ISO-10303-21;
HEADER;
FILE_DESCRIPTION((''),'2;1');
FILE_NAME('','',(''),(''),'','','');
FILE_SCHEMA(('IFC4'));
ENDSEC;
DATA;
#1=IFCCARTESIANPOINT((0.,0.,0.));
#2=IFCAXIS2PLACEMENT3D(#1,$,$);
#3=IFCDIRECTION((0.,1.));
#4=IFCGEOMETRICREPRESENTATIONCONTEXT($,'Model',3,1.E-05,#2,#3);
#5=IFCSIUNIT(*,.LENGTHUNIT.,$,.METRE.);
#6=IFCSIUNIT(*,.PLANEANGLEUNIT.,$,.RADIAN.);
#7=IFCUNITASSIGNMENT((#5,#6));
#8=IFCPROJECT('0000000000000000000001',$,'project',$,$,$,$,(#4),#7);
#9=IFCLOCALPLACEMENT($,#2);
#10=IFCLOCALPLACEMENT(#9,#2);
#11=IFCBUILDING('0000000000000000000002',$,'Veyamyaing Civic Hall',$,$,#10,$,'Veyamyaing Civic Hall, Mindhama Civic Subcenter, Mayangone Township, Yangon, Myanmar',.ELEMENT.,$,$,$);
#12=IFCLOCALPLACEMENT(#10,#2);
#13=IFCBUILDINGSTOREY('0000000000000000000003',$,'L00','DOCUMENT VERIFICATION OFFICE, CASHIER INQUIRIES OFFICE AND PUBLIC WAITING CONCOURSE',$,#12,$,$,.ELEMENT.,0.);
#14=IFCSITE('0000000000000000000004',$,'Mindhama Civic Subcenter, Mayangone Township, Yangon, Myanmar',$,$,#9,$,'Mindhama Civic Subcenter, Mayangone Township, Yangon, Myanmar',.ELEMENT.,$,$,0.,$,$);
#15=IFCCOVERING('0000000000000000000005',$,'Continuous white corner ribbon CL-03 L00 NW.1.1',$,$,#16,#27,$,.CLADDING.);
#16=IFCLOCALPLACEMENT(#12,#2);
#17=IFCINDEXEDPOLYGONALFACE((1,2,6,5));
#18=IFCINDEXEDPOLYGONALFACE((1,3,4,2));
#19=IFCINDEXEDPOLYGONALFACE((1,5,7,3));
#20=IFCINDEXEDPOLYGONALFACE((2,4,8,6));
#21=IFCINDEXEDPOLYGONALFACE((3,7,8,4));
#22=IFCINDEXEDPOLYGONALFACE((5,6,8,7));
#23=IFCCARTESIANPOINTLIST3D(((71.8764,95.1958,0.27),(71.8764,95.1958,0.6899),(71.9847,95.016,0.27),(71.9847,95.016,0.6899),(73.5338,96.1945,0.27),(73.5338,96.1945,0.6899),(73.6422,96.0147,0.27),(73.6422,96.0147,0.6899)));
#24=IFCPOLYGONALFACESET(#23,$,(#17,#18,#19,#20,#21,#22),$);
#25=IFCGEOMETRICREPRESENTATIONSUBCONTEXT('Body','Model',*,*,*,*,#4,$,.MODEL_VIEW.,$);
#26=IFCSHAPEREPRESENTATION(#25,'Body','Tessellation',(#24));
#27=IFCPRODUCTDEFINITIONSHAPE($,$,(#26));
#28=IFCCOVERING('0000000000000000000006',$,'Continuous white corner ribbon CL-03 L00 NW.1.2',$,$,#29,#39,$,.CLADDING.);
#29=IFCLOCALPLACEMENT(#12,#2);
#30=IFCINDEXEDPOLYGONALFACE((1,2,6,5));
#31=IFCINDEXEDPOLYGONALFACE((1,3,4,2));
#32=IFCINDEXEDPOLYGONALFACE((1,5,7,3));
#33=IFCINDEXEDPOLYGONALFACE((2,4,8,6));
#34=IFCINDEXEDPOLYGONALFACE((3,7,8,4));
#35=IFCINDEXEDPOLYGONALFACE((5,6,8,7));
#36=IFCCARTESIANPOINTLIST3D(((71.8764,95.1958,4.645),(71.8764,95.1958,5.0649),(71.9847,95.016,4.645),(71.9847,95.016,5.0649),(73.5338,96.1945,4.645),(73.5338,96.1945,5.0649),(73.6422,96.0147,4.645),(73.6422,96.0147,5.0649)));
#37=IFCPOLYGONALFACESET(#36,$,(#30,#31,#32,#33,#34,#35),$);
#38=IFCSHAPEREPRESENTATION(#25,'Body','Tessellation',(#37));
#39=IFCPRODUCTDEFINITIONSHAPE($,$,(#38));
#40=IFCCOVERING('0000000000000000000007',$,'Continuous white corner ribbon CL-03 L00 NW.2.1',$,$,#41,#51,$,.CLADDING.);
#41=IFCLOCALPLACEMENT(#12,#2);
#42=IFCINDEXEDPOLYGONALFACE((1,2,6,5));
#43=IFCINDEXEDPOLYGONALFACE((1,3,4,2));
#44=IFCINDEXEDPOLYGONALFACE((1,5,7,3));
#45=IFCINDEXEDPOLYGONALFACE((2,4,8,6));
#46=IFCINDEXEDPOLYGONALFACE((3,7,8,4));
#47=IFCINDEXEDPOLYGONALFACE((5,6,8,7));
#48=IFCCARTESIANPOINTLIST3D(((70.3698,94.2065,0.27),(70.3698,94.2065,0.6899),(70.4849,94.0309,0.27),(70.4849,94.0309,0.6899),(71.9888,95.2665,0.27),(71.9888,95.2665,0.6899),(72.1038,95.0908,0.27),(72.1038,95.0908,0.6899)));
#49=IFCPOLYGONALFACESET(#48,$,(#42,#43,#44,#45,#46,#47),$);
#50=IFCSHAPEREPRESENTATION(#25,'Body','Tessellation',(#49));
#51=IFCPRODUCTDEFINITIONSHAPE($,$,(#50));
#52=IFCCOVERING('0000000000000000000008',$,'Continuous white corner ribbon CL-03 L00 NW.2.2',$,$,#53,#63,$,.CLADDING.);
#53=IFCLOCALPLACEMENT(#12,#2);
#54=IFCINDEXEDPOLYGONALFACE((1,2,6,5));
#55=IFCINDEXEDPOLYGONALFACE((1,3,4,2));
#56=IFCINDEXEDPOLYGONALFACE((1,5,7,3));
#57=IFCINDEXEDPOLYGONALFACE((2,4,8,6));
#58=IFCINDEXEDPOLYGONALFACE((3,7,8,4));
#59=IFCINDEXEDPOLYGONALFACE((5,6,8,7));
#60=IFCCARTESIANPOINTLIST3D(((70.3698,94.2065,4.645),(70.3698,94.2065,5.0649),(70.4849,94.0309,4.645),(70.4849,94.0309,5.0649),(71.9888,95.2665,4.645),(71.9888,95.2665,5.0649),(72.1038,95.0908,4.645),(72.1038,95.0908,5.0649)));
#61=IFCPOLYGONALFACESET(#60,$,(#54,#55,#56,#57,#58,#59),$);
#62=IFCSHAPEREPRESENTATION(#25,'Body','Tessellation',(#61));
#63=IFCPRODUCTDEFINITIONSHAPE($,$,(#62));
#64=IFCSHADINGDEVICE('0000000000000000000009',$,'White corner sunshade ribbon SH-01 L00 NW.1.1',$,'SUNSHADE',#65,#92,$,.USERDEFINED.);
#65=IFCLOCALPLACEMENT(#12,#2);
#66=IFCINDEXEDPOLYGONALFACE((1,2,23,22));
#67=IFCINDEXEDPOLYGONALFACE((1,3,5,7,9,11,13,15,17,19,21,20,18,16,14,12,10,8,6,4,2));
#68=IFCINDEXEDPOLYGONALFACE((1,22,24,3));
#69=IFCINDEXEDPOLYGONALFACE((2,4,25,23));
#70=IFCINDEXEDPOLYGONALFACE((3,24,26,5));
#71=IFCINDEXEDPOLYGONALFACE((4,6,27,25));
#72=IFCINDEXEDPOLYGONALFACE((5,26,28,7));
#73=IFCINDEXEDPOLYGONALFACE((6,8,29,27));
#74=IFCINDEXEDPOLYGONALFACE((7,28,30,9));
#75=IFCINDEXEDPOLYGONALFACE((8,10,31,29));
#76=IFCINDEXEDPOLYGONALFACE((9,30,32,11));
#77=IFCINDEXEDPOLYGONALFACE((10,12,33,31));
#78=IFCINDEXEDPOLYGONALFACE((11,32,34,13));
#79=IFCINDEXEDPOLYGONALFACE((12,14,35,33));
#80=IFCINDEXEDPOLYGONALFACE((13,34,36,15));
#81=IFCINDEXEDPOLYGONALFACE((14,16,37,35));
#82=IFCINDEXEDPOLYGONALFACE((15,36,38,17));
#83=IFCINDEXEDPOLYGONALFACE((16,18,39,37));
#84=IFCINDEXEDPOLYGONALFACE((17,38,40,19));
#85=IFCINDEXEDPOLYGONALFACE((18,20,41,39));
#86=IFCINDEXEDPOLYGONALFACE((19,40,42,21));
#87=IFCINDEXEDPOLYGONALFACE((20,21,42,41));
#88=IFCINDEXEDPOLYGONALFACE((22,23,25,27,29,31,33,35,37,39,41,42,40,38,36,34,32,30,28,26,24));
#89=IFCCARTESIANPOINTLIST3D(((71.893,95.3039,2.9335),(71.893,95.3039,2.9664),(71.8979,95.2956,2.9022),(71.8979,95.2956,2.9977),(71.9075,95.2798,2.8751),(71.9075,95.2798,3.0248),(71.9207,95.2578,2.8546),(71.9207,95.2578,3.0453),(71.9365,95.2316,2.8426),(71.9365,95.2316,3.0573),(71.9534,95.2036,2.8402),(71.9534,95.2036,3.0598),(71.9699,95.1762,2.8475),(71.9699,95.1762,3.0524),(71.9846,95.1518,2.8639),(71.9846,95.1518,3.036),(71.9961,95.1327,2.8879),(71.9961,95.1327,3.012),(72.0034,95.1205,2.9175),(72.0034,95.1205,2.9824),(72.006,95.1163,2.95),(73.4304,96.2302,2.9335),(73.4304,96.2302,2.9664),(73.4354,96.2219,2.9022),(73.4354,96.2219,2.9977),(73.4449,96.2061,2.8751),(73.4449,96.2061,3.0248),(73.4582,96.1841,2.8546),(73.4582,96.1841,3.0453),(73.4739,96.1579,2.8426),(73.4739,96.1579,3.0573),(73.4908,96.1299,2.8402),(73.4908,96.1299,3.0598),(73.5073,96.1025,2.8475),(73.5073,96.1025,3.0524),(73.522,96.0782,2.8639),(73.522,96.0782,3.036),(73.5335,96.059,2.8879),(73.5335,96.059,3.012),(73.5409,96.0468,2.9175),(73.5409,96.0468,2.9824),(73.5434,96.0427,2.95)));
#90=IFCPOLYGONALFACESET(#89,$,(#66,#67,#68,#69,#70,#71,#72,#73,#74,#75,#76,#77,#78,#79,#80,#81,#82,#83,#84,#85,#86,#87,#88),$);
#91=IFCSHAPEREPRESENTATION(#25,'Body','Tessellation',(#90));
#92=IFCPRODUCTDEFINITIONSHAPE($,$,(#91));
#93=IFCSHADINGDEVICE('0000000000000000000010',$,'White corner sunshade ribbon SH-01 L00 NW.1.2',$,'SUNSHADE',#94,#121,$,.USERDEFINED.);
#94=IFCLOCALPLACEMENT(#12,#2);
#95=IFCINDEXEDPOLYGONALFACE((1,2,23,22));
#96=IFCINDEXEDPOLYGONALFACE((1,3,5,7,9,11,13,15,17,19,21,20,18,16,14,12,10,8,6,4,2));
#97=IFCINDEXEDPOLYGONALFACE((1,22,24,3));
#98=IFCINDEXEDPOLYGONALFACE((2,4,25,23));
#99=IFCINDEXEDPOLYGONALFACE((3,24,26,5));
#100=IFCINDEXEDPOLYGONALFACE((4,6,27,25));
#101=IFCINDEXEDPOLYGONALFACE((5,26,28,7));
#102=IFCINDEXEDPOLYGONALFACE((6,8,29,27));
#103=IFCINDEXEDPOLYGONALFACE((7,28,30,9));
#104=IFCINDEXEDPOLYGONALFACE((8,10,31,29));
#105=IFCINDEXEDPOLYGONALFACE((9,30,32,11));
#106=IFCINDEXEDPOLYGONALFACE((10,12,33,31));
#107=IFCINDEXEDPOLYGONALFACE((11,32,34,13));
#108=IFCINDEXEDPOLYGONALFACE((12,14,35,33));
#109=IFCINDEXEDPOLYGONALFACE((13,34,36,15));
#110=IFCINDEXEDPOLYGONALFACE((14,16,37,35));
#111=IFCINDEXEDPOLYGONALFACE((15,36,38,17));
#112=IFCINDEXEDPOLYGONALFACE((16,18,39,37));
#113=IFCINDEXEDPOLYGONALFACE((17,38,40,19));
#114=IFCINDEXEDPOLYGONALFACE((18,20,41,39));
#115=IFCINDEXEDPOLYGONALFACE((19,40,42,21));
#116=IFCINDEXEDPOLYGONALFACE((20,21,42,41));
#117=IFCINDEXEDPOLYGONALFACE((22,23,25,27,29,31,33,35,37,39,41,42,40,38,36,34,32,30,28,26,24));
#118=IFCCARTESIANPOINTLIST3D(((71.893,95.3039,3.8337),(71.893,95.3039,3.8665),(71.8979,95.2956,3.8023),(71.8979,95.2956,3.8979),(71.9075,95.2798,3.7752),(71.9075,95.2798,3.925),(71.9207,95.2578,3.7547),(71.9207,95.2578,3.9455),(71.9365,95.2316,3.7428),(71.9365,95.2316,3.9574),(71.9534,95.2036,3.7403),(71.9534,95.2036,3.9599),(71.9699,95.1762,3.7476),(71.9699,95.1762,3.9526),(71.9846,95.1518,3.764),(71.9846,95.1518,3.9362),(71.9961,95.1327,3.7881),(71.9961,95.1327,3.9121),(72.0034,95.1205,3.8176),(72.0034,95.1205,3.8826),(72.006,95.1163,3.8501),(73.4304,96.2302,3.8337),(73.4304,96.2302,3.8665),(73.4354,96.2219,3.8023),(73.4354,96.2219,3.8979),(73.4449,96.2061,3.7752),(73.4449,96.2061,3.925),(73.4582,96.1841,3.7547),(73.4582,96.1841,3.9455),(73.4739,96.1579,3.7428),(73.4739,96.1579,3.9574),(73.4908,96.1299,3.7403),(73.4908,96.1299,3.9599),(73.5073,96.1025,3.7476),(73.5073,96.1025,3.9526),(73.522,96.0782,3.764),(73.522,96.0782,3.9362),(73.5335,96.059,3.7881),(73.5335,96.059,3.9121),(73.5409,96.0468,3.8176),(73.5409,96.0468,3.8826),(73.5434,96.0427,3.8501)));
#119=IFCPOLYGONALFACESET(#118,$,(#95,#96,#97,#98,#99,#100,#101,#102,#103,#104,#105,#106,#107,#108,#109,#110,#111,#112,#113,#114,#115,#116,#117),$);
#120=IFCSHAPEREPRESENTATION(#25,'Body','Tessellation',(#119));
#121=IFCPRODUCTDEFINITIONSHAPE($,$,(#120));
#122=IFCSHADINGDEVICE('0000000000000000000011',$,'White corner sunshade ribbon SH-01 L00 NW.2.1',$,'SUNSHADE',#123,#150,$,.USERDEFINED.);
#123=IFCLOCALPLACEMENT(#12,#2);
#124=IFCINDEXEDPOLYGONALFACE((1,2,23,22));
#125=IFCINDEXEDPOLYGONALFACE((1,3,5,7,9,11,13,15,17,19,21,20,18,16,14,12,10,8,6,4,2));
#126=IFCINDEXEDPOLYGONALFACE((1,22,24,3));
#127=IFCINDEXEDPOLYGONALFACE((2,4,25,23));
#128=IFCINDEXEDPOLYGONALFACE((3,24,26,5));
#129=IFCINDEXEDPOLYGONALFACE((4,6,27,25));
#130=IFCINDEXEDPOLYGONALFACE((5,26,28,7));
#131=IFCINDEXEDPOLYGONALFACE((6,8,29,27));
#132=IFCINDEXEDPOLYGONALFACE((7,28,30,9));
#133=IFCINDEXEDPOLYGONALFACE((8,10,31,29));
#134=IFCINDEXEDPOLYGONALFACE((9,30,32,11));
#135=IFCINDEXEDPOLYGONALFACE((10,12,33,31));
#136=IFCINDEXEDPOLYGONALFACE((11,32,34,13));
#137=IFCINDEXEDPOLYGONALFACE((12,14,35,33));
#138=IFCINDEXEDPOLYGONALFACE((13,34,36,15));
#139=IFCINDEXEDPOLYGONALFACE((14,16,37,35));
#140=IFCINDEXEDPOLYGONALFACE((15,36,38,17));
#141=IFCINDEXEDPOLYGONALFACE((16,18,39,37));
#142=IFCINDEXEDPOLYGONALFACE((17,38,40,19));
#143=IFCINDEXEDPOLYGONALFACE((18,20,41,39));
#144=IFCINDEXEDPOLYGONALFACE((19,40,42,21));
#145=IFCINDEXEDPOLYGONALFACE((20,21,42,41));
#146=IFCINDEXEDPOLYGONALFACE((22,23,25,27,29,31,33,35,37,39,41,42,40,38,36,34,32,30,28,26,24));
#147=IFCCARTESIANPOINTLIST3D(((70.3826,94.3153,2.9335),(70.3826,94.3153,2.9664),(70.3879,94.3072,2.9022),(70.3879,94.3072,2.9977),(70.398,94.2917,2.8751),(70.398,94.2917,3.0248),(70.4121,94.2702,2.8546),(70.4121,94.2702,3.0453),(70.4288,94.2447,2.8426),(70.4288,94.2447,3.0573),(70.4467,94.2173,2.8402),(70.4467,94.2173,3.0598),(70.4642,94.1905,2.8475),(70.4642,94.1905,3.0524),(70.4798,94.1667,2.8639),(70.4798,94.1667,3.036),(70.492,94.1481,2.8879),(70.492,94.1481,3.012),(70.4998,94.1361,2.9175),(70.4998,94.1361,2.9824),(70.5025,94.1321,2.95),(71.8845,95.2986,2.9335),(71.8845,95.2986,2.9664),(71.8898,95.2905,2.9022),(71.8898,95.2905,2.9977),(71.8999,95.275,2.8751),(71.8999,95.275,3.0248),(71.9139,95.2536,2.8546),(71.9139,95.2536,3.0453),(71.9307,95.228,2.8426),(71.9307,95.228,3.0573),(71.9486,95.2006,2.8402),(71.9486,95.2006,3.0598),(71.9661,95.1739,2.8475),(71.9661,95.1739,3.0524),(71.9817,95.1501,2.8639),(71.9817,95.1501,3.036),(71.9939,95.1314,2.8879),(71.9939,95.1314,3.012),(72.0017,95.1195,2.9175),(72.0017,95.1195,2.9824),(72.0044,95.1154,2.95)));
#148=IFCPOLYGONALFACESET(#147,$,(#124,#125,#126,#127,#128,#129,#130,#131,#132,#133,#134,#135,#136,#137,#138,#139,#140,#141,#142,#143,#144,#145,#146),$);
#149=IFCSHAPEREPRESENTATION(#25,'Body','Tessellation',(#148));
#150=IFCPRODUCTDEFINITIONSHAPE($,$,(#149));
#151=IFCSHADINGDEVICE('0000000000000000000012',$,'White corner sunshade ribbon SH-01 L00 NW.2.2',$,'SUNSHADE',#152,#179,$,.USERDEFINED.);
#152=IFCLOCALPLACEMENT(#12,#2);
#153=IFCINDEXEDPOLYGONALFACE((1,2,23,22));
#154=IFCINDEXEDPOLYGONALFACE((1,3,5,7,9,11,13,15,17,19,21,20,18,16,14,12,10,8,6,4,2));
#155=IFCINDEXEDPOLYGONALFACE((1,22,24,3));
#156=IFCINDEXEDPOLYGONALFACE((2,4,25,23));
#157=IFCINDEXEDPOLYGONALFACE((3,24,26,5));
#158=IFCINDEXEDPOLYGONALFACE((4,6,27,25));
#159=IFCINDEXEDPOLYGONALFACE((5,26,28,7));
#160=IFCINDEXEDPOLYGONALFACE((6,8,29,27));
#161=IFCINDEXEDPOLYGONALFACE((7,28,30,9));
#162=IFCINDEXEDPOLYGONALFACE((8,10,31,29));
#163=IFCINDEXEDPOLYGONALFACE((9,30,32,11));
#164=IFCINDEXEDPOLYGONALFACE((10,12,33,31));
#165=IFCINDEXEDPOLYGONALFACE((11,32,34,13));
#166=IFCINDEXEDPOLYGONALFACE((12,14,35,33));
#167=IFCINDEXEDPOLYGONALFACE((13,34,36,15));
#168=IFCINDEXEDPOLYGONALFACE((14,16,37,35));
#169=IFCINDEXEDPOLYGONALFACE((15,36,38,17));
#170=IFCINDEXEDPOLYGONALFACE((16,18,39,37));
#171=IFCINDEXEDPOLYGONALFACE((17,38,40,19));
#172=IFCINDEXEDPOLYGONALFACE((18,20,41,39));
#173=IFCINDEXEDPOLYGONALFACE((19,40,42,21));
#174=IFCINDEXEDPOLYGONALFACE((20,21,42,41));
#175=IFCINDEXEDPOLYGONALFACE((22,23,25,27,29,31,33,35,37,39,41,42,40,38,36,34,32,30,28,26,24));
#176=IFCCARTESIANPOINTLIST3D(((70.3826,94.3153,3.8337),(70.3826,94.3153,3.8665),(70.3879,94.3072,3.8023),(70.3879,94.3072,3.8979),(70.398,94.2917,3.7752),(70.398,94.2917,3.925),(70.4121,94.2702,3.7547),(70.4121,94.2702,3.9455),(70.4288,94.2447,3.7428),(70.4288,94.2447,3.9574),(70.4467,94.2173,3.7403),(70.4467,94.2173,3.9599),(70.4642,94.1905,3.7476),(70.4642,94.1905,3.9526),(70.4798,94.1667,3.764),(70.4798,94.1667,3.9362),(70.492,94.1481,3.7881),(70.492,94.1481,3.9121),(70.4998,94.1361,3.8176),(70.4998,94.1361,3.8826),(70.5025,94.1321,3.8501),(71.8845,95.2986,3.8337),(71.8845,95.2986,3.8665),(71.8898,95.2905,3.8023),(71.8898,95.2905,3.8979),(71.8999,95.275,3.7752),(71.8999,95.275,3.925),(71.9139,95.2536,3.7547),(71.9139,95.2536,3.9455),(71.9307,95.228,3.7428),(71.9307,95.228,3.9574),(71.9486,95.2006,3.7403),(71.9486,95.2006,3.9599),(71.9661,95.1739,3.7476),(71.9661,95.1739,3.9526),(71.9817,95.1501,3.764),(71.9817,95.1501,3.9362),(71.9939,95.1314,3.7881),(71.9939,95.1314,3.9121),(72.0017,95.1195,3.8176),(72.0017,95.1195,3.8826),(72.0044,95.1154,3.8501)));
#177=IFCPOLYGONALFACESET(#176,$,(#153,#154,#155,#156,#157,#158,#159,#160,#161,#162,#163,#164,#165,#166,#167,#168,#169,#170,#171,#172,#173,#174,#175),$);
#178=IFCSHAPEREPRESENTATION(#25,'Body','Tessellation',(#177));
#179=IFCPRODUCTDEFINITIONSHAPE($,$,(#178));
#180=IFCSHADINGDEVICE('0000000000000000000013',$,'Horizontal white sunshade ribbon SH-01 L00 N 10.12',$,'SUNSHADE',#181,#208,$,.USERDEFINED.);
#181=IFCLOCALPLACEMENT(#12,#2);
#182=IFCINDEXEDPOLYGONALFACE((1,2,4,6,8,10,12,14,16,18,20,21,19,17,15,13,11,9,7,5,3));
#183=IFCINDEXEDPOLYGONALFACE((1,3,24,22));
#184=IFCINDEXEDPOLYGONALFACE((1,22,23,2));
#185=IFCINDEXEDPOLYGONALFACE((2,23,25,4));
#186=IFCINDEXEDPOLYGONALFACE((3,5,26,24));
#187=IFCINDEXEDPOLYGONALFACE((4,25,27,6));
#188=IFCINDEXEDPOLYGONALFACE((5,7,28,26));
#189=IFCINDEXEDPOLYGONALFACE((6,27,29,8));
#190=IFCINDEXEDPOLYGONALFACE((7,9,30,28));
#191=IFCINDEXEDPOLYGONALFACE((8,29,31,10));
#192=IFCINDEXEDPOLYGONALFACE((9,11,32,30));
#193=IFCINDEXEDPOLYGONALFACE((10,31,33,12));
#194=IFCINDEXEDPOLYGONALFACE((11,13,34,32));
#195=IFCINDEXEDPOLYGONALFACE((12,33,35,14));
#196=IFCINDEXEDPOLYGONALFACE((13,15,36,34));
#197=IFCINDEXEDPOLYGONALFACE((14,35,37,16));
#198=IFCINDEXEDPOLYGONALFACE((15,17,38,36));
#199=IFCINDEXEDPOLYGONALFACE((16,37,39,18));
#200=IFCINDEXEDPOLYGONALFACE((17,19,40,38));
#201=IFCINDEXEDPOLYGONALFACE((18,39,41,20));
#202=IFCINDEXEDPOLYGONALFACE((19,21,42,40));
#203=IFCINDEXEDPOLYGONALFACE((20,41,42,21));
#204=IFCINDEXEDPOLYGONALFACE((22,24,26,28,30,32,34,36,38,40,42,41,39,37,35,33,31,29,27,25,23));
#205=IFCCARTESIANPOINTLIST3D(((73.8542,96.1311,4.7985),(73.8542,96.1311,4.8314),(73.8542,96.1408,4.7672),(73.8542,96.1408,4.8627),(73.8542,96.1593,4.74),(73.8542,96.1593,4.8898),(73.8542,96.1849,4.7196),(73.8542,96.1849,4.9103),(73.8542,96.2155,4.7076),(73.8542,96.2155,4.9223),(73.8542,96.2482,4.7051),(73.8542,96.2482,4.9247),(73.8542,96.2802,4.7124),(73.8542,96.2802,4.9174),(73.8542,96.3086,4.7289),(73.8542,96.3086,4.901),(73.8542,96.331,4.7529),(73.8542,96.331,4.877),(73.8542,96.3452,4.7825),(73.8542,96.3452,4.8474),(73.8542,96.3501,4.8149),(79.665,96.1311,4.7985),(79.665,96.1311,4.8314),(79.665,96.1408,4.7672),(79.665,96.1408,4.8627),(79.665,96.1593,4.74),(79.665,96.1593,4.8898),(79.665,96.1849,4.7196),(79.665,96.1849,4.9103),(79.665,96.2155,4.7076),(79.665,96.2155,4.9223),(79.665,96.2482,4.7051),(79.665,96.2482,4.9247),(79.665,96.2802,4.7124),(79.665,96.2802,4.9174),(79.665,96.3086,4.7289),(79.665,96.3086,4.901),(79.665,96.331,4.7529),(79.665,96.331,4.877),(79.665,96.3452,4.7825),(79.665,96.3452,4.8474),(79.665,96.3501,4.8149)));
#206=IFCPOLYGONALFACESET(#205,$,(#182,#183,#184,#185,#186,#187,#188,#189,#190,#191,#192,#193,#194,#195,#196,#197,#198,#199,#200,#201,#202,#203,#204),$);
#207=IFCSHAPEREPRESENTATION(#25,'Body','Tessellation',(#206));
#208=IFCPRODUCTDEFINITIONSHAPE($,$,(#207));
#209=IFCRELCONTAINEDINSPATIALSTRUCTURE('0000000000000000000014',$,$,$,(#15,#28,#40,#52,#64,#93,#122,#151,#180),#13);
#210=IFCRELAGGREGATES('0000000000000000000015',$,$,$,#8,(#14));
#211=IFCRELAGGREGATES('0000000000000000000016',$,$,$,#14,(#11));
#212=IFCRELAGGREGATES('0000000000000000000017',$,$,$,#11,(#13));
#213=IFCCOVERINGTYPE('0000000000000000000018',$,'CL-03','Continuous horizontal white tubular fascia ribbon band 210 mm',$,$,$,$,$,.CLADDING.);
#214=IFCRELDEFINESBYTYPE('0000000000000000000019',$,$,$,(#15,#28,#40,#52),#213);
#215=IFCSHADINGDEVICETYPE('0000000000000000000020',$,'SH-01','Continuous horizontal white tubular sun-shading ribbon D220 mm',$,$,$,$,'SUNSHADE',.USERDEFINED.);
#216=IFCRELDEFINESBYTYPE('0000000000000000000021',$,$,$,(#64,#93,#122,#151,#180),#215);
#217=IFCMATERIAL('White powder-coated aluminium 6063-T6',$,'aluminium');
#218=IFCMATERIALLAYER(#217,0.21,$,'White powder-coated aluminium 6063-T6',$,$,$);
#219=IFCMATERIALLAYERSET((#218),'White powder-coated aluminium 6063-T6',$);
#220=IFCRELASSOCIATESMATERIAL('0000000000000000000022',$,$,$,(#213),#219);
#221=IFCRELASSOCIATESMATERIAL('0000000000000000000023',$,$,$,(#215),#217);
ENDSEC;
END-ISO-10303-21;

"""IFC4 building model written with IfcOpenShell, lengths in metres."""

from ifc_helpers import new_model, si_unit, direction, frame, origin, origin_2d, place, context, subcontext, project, spatial, rectangle, circle, extrude, material, layer, layer_set, material_profile, profile_set, type_object, element, save


model = new_model("IFC4")

# Units and contexts
model_context = context("Model", 3, precision=1e-05, world=origin(), true_north=direction((0.0, 1.0)))
body_context = subcontext(model_context, "Body", "Model", "MODEL_VIEW")
ifc_project = project(units=[si_unit("LENGTHUNIT", "METRE"), si_unit("PLANEANGLEUNIT", "RADIAN")], contexts=[model_context])

# Site, building, storey
site_placement = place(None, origin())
site = spatial("IfcSite", under=ifc_project, at=site_placement, Name="Mindhama Civic Subcenter, Mayangone Township, Yangon, Myanmar", LongName="Mindhama Civic Subcenter, Mayangone Township, Yangon, Myanmar", CompositionType="ELEMENT", RefElevation=0.0)
building_placement = place(site_placement, origin())
building = spatial("IfcBuilding", under=site, at=building_placement, Name="Veyamyaing Civic Hall", LongName="Veyamyaing Civic Hall, Mindhama Civic Subcenter, Mayangone Township, Yangon, Myanmar", CompositionType="ELEMENT")
storey_placement = place(building_placement, origin())
storey = spatial("IfcBuildingStorey", under=building, at=storey_placement, Name="L00", Description="DOCUMENT VERIFICATION OFFICE, CASHIER INQUIRIES OFFICE AND PUBLIC WAITING CONCOURSE", CompositionType="ELEMENT", Elevation=0.0)

# Coverings
ifc_material_1 = material(Name="White powder-coated aluminium 6063-T6", Category="aluminium")
ifc_layer_1 = layer(ifc_material_1, 0.21, Name="White powder-coated aluminium 6063-T6")
ifc_layer_set_1 = layer_set([ifc_layer_1], Name="White powder-coated aluminium 6063-T6")
covering_type = type_object("IfcCoveringType", Name="CL-03", Description="Continuous horizontal white tubular fascia ribbon band 210 mm", PredefinedType="CLADDING", material=ifc_layer_set_1)
for number, where, z_axis, x_axis, name in (
    (1, (72.7593, 95.6052, 0.27), (0.0, 0.0, 1.0), (-0.856524, -0.516107, 0.0), "Continuous white corner ribbon CL-03 L00 NW.1.1"),
    (2, (72.7593, 95.6052, 4.645), (0.0, 0.0, 1.0), (-0.856524, -0.516107, 0.0), "Continuous white corner ribbon CL-03 L00 NW.1.2"),
    (3, (71.2368, 94.6487, 0.27), (0.0, 0.0, 1.0), (-0.836628, -0.547772, 0.0), "Continuous white corner ribbon CL-03 L00 NW.2.1"),
    (4, (71.2368, 94.6487, 4.645), (0.0, 0.0, 1.0), (-0.836628, -0.547772, 0.0), "Continuous white corner ribbon CL-03 L00 NW.2.2"),
):
    element("IfcCovering", number, at=place(storey_placement, frame(where, z_axis=z_axis, x_axis=x_axis)), inside=storey, type_object=covering_type, Name=name, PredefinedType="CLADDING", context=body_context, shape_type="SweptSolid", body=[
        extrude(rectangle(XDim=1.9351, YDim=0.21, at=origin_2d()), origin(), (0.0, 0.0, 1.0), 0.4199),
    ])

# Shading devices
ifc_material_profile_1 = material_profile(ifc_material_1, circle(Radius=0.1101, at=origin_2d()), Name="SHADE-TUBE-220")
ifc_profile_set_1 = profile_set([ifc_material_profile_1], Name="White powder-coated aluminium 6063-T6")
shading_device_type = type_object("IfcShadingDeviceType", Name="SH-01", Description="Continuous horizontal white tubular sun-shading ribbon D220 mm", ElementType="SUNSHADE", PredefinedType="USERDEFINED", material=ifc_profile_set_1)
for number, where, z_axis, x_axis, name in (
    (5, (73.4866, 96.137, 2.95), (-0.856543, -0.516075, 0.0), (0.516075, -0.856543, 0.0), "White corner sunshade ribbon SH-01 L00 NW.1.1"),
    (6, (73.4866, 96.137, 3.8501), (-0.856543, -0.516075, 0.0), (0.516075, -0.856543, 0.0), "White corner sunshade ribbon SH-01 L00 NW.1.2"),
):
    element("IfcShadingDevice", number, at=place(storey_placement, frame(where, z_axis=z_axis, x_axis=x_axis)), inside=storey, type_object=shading_device_type, Name=name, ObjectType="SUNSHADE", PredefinedType="USERDEFINED", context=body_context, shape_type="SweptSolid", body=[
        extrude(circle(Radius=0.1101, at=origin_2d()), origin(), (0.0, 0.0, 1.0), 1.7949),
    ])
for number, where, z_axis, x_axis, name in (
    (7, (71.9441, 95.2075, 2.95), (-0.836624, -0.547777, 0.0), (0.547777, -0.836624, 0.0), "White corner sunshade ribbon SH-01 L00 NW.2.1"),
    (8, (71.9441, 95.2075, 3.8501), (-0.836624, -0.547777, 0.0), (0.547777, -0.836624, 0.0), "White corner sunshade ribbon SH-01 L00 NW.2.2"),
):
    element("IfcShadingDevice", number, at=place(storey_placement, frame(where, z_axis=z_axis, x_axis=x_axis)), inside=storey, type_object=shading_device_type, Name=name, ObjectType="SUNSHADE", PredefinedType="USERDEFINED", context=body_context, shape_type="SweptSolid", body=[
        extrude(circle(Radius=0.1101, at=origin_2d()), origin(), (0.0, 0.0, 1.0), 1.7952),
    ])
shading_device_placement = place(storey_placement, frame((73.8542, 96.24, 4.8149), z_axis=(1.0, 0.0, 0.0), x_axis=(0.0, 1.0, 0.0)))
element("IfcShadingDevice", 9, at=shading_device_placement, inside=storey, type_object=shading_device_type, Name="Horizontal white sunshade ribbon SH-01 L00 N 10.12", ObjectType="SUNSHADE", PredefinedType="USERDEFINED", context=body_context, shape_type="SweptSolid", body=[
    extrude(circle(Radius=0.1101, at=origin_2d()), origin(), (0.0, 0.0, 1.0), 5.8108),
])

save(model, "model.ifc")
